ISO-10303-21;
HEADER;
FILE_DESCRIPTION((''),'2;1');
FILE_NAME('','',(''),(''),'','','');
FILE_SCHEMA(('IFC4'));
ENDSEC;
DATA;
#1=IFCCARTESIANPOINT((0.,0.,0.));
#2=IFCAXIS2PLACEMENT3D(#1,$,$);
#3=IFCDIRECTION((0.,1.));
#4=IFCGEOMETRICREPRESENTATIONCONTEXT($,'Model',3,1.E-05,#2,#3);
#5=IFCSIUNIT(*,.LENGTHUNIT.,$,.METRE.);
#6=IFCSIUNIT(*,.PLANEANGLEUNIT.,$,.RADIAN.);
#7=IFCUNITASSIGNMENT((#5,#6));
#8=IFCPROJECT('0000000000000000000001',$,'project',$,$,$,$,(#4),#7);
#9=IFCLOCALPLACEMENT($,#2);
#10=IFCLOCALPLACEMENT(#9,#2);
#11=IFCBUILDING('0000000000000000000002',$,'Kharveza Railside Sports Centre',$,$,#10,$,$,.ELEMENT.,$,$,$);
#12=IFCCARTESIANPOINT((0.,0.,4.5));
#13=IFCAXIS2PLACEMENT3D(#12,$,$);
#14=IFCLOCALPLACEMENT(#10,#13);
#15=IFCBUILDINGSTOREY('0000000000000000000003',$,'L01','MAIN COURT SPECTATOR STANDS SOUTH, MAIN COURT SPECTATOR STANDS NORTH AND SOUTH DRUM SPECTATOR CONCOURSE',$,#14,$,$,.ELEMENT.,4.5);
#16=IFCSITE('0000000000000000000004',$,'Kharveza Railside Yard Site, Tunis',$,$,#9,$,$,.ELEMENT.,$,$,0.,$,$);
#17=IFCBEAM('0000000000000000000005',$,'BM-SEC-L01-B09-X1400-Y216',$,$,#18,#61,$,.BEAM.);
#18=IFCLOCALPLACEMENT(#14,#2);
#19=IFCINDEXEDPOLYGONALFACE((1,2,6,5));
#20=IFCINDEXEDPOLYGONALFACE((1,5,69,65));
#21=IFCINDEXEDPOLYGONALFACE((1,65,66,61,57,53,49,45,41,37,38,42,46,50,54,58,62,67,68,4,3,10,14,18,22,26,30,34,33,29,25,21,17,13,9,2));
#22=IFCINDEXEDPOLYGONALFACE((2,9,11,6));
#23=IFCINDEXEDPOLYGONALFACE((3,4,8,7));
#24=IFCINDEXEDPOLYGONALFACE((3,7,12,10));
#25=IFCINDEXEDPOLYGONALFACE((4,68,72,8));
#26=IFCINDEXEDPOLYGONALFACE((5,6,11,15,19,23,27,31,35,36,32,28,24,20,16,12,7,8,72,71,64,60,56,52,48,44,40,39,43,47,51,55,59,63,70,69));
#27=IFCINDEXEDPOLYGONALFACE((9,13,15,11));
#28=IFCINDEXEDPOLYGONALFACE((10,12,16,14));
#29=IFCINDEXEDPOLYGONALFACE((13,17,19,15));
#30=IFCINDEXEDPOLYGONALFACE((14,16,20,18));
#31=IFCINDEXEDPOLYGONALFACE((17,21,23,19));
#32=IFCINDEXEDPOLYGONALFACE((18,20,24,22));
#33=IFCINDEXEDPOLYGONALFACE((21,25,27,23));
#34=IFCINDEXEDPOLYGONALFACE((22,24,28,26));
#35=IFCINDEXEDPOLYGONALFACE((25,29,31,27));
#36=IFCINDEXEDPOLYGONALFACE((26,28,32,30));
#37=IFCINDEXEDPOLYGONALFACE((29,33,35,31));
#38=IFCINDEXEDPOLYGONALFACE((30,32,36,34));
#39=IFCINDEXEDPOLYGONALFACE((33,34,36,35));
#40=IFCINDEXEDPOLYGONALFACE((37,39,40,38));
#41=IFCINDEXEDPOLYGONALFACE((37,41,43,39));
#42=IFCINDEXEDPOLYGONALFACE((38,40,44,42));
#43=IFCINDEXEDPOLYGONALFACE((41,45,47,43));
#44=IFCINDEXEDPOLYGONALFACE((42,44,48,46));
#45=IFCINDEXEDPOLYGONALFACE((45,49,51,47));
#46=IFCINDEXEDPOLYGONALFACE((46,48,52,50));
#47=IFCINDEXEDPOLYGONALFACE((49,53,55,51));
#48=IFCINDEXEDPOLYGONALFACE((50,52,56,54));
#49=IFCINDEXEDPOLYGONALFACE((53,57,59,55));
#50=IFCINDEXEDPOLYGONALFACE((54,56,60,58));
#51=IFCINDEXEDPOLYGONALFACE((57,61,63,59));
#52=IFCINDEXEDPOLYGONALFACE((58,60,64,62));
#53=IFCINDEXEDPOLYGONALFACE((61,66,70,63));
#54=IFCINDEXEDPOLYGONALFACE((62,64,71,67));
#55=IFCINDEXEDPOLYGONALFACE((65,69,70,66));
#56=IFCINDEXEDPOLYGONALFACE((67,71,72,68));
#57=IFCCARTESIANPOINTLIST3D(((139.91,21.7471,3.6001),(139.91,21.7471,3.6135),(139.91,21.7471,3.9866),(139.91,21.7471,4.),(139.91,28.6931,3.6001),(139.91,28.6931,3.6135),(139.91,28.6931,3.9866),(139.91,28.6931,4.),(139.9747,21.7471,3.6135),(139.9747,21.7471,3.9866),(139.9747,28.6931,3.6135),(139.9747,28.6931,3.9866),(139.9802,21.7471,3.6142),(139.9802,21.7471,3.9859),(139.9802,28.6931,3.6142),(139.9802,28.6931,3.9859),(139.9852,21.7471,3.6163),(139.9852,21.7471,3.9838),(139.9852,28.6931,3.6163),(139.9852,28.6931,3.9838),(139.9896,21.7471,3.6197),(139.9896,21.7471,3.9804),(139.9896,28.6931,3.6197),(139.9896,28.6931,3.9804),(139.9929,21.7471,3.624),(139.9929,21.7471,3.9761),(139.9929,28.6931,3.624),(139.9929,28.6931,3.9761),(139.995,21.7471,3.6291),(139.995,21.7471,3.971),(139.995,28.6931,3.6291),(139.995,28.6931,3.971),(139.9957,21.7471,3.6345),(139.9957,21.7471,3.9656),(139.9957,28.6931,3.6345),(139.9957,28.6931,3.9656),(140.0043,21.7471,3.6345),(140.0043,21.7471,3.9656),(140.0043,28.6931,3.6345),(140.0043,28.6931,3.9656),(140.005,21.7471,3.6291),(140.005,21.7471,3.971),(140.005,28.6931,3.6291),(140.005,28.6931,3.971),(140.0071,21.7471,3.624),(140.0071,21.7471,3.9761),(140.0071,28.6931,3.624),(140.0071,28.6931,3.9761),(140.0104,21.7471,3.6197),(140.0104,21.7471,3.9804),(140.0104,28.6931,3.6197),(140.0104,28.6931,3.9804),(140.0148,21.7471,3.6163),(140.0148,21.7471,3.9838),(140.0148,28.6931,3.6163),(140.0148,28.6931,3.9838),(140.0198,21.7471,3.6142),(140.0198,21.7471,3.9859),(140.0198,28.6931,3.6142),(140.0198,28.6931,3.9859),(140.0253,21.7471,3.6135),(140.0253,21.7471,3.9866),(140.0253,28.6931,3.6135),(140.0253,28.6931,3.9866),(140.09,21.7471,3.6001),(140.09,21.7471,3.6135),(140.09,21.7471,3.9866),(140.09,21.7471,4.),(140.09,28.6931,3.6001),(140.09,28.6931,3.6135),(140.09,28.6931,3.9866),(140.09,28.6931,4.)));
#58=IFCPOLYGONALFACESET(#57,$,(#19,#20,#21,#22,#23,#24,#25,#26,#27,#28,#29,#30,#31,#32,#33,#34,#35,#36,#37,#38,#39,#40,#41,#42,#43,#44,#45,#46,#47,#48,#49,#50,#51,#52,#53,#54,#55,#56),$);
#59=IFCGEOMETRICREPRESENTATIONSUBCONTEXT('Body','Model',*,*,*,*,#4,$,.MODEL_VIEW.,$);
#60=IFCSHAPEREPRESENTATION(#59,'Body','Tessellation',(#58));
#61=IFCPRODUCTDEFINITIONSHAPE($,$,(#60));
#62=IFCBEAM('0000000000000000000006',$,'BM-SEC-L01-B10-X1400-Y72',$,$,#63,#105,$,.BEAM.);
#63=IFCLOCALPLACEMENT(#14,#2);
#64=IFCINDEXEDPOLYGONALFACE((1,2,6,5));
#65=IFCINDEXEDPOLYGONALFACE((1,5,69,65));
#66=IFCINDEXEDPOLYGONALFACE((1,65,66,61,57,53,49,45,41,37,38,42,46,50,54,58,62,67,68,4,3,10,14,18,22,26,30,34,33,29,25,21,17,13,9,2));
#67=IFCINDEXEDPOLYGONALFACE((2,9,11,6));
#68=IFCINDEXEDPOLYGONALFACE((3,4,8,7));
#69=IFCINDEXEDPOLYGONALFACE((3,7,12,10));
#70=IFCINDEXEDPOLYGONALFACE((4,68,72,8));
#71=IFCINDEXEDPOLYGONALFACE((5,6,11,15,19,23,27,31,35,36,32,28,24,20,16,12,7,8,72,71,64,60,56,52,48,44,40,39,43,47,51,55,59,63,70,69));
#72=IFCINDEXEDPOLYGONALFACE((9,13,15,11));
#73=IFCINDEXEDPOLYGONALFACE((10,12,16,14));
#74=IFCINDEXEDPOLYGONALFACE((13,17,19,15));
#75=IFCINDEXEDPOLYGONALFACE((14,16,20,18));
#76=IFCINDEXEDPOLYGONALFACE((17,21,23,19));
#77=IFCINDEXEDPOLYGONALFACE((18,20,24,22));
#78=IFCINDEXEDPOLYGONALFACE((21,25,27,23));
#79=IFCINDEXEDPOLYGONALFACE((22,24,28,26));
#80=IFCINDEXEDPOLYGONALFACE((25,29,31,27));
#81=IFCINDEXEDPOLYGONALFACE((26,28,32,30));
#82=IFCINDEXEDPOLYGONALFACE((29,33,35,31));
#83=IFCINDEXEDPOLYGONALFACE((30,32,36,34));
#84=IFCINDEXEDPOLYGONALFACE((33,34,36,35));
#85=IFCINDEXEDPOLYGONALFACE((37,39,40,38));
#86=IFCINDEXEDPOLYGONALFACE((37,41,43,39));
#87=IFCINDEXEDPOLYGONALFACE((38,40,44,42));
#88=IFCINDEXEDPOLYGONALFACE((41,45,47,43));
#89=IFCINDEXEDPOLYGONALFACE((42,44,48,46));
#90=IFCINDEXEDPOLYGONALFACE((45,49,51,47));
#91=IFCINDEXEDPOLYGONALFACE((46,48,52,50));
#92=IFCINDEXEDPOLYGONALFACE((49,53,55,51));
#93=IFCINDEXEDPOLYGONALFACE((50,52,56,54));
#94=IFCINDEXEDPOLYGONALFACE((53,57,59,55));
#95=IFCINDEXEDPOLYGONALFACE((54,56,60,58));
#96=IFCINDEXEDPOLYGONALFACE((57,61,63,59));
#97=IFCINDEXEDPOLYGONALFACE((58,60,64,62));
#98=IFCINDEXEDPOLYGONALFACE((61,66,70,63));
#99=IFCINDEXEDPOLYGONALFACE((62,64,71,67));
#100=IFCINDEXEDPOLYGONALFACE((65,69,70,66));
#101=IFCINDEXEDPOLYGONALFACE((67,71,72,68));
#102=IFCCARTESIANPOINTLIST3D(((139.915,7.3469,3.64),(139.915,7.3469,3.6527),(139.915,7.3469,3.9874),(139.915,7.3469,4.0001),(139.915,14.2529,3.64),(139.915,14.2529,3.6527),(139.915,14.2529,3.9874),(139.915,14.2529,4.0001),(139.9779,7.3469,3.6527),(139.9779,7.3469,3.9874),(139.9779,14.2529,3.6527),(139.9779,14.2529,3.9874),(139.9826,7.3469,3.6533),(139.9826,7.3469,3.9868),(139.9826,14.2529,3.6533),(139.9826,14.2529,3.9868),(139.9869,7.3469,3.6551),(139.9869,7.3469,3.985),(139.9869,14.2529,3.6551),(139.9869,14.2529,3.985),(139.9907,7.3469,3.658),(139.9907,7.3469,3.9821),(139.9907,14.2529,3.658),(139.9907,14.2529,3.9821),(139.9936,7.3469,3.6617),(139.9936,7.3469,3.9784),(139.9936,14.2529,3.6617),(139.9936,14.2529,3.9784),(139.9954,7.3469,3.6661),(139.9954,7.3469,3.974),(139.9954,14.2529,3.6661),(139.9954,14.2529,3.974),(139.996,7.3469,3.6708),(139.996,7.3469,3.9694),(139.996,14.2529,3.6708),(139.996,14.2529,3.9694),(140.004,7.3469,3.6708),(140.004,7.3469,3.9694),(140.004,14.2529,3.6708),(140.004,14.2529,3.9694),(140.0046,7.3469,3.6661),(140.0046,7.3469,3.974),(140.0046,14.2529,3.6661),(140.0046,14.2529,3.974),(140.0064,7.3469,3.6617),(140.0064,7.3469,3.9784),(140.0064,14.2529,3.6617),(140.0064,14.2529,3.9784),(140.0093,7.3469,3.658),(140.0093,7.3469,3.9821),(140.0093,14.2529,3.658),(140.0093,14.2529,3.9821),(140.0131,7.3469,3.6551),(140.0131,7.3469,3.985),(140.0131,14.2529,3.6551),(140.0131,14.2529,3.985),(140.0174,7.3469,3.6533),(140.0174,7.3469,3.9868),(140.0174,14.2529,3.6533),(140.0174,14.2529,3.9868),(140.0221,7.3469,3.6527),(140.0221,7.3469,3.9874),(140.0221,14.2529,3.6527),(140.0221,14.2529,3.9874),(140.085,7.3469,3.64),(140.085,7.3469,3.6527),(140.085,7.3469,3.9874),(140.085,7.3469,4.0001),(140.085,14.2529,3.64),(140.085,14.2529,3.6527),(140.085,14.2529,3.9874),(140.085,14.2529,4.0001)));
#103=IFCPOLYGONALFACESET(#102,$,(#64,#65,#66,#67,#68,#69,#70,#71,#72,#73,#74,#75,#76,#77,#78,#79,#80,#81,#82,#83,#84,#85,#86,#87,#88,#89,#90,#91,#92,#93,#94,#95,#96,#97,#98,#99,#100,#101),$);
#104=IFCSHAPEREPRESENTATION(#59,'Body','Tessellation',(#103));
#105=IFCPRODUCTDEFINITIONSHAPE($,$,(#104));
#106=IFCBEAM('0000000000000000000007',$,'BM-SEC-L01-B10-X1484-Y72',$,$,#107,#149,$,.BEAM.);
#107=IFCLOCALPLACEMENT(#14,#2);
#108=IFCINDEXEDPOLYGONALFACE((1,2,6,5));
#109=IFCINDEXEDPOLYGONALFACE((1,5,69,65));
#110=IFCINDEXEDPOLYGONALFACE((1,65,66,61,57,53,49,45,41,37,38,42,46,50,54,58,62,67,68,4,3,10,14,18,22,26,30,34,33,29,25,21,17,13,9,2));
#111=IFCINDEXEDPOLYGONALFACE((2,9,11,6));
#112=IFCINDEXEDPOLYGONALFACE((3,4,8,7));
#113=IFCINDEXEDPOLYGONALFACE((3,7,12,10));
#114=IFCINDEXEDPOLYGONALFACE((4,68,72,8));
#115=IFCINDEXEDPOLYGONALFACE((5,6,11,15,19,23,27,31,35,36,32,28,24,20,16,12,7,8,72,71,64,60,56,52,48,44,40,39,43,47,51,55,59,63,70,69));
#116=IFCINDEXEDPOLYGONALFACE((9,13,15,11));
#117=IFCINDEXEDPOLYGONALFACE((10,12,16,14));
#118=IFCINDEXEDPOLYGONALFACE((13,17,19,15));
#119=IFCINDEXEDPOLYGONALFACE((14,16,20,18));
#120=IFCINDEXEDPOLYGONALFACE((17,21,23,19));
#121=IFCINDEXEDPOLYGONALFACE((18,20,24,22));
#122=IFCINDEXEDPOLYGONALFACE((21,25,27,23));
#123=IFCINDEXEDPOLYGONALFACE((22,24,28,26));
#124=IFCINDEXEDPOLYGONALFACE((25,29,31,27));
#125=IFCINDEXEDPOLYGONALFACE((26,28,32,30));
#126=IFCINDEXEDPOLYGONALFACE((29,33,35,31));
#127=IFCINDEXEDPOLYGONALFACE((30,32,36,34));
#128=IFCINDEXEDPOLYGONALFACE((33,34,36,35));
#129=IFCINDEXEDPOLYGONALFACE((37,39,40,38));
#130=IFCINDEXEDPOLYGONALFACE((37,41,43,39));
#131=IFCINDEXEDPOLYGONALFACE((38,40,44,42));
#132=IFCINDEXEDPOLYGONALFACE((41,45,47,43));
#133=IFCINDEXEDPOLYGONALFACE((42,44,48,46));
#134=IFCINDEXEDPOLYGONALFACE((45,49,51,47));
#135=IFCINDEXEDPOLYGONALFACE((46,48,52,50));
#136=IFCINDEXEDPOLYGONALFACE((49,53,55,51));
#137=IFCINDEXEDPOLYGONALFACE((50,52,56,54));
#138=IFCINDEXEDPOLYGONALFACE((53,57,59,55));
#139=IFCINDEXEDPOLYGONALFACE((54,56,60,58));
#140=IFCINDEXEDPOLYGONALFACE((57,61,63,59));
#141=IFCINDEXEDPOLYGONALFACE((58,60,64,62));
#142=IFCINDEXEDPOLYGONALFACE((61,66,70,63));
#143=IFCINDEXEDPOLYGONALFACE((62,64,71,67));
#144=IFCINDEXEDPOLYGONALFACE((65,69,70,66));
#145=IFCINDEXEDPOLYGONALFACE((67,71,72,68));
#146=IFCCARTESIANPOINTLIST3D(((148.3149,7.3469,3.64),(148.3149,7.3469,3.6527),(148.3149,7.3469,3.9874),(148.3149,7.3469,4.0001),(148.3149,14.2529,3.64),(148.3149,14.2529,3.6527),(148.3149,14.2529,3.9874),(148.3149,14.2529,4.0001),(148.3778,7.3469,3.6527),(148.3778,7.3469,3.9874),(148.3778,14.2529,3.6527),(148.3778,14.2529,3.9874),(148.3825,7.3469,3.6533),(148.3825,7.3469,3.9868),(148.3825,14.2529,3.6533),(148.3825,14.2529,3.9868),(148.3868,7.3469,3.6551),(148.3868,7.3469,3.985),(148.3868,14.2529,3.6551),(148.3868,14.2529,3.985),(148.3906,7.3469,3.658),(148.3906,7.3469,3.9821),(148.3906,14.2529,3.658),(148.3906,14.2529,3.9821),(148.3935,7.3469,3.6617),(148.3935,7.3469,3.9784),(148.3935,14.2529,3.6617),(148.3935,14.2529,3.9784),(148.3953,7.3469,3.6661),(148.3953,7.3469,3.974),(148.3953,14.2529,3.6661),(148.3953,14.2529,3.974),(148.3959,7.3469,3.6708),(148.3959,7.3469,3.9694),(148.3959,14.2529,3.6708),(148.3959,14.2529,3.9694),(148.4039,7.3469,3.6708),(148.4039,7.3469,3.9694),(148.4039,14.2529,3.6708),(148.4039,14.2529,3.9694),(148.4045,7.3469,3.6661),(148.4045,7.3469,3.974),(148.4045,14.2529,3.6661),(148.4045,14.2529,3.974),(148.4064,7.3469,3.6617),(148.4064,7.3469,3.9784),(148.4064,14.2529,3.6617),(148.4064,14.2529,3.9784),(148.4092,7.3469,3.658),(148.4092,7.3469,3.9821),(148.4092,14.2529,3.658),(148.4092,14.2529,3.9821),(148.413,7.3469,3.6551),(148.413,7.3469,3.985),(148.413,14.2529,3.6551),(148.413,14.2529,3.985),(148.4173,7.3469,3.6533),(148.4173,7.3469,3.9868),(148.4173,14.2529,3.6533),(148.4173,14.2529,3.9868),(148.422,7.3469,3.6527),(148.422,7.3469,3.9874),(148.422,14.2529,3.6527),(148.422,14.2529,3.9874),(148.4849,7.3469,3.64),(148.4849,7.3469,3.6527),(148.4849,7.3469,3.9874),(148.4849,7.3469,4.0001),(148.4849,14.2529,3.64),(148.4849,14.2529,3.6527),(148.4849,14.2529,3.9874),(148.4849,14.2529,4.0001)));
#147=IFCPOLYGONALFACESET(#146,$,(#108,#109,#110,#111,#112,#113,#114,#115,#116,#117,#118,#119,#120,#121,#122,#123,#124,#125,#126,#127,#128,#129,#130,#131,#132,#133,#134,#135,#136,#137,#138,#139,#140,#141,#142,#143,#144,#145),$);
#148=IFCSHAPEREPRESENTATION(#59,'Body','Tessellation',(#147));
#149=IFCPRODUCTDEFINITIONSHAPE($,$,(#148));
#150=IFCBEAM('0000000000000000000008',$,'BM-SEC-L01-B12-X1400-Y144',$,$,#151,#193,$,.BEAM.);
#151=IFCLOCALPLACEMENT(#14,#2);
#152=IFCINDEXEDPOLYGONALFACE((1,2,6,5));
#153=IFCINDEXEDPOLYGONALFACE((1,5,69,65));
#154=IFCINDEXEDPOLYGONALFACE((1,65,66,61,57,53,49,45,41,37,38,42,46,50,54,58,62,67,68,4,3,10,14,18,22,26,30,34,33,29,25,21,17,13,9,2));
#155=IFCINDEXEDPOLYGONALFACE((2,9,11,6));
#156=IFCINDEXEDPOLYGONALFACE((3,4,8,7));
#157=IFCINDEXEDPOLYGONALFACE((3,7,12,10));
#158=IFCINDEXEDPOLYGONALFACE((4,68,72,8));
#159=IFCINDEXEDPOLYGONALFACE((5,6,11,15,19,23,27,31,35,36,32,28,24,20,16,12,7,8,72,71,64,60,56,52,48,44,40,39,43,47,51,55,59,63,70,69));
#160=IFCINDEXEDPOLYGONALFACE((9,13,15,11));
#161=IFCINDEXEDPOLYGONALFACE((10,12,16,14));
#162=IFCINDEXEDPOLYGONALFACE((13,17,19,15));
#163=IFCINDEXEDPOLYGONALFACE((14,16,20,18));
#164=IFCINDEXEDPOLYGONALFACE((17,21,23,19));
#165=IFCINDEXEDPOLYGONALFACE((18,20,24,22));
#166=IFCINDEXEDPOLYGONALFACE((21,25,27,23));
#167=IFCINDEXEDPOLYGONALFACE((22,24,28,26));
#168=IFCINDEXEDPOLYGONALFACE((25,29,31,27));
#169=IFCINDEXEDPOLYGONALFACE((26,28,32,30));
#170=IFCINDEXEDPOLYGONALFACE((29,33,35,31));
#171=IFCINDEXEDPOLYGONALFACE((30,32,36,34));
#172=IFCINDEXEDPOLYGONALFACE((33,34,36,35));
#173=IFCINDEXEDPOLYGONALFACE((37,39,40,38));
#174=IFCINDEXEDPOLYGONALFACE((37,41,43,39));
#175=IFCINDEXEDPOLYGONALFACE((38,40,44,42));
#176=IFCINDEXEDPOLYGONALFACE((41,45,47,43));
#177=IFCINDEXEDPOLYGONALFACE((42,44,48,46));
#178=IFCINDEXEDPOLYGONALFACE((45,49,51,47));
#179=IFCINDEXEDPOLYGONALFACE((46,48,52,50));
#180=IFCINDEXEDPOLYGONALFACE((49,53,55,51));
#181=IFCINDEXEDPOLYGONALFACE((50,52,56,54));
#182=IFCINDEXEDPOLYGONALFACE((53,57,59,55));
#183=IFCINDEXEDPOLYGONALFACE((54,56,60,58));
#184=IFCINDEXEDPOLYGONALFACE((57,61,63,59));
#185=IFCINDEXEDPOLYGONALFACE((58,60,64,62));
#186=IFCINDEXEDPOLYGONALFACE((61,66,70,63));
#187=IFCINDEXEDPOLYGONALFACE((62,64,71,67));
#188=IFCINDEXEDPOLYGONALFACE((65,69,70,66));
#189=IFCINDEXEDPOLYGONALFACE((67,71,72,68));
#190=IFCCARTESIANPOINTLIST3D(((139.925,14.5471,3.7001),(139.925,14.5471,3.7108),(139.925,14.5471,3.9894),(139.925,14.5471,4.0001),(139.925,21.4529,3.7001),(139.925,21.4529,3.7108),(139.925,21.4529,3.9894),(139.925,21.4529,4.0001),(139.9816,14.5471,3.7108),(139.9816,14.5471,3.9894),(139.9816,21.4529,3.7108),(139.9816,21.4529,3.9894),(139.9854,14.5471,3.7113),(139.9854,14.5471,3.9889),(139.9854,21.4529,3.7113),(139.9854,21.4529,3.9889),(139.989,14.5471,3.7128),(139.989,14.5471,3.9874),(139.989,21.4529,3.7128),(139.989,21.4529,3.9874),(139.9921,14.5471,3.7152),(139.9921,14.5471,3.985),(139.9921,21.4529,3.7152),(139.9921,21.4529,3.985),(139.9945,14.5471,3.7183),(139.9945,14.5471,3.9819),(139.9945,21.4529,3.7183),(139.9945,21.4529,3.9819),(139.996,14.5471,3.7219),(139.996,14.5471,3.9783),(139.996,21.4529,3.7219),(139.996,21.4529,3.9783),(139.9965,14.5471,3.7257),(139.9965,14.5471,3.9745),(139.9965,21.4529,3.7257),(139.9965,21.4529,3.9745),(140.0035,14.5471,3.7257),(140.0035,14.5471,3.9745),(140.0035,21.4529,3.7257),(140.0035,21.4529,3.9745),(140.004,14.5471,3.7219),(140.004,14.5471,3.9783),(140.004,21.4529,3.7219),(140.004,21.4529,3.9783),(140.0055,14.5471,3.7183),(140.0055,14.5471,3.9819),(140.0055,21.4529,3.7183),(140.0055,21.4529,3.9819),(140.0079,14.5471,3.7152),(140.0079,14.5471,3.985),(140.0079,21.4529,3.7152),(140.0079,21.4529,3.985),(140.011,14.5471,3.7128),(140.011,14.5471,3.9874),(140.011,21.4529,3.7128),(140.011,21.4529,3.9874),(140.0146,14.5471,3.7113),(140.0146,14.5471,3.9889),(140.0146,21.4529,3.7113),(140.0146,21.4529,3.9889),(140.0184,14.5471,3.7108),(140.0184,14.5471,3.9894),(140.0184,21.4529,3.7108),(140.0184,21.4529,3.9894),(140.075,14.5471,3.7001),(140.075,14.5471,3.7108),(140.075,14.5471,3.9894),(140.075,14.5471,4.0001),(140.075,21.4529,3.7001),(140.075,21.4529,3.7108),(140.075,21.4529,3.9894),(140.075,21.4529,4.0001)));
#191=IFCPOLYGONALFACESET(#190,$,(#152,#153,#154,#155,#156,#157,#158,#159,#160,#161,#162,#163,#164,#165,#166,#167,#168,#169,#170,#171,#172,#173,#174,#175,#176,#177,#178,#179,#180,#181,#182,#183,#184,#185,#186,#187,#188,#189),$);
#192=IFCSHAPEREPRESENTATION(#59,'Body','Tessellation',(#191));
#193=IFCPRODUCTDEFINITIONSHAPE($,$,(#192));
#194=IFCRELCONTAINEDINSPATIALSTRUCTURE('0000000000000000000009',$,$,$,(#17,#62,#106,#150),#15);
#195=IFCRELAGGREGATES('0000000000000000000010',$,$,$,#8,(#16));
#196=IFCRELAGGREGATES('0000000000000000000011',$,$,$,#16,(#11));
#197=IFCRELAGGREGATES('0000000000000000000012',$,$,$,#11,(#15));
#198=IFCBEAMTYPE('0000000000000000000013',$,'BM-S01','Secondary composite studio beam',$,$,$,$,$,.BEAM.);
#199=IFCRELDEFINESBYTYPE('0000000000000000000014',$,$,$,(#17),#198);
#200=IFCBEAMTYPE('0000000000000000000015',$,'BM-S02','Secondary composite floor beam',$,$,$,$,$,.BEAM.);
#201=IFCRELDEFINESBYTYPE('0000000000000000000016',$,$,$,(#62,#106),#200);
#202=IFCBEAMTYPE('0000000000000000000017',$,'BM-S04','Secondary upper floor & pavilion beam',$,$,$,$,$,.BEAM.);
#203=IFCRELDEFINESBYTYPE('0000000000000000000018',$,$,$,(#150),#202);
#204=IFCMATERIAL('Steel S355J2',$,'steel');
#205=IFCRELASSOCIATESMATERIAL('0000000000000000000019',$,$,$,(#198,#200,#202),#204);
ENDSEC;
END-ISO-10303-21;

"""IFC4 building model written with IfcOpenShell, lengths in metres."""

from ifc_helpers import new_model, si_unit, direction, frame, origin, origin_2d, place, context, subcontext, project, spatial, i_section, extrude, material, material_profile, profile_set, type_object, element, save


model = new_model("IFC4")

# Units and contexts
model_context = context("Model", 3, precision=1e-05, world=origin(), true_north=direction((0.0, 1.0)))
body_context = subcontext(model_context, "Body", "Model", "MODEL_VIEW")
ifc_project = project(units=[si_unit("LENGTHUNIT", "METRE"), si_unit("PLANEANGLEUNIT", "RADIAN")], contexts=[model_context])

# Site, building, storey
site_placement = place(None, origin())
site = spatial("IfcSite", under=ifc_project, at=site_placement, Name="Kharveza Railside Yard Site, Tunis", CompositionType="ELEMENT", RefElevation=0.0)
building_placement = place(site_placement, origin())
building = spatial("IfcBuilding", under=site, at=building_placement, Name="Kharveza Railside Sports Centre", CompositionType="ELEMENT")
storey_placement = place(building_placement, frame((0.0, 0.0, 4.5)))
storey = spatial("IfcBuildingStorey", under=building, at=storey_placement, Name="L01", Description="MAIN COURT SPECTATOR STANDS SOUTH, MAIN COURT SPECTATOR STANDS NORTH AND SOUTH DRUM SPECTATOR CONCOURSE", CompositionType="ELEMENT", Elevation=4.5)

# Shared definitions
ifc_material_1 = material(Name="Steel S355J2", Category="steel")

# Beams
ifc_material_profile_1 = material_profile(ifc_material_1, i_section(OverallWidth=0.1799, OverallDepth=0.3999, WebThickness=0.0085, FlangeThickness=0.0134, FilletRadius=0.021, at=origin_2d()), Name="IPE 400")
ifc_profile_set_1 = profile_set([ifc_material_profile_1], Name="Steel S355J2")
beam_type_1 = type_object("IfcBeamType", Name="BM-S01", Description="Secondary composite studio beam", PredefinedType="BEAM", material=ifc_profile_set_1)
beam_1_placement = place(storey_placement, frame((140.0, 21.7471, 3.8), z_axis=(0.0, 1.0, 0.0), x_axis=(-1.0, 0.0, 0.0)))
element("IfcBeam", 1, at=beam_1_placement, inside=storey, type_object=beam_type_1, Name="BM-SEC-L01-B09-X1400-Y216", PredefinedType="BEAM", context=body_context, shape_type="SweptSolid", body=[
    extrude(i_section(OverallWidth=0.1799, OverallDepth=0.3999, WebThickness=0.0085, FlangeThickness=0.0134, FilletRadius=0.021, at=origin_2d()), origin(), (0.0, 0.0, 1.0), 6.946),
])
ifc_material_profile_2 = material_profile(ifc_material_1, i_section(OverallWidth=0.1699, OverallDepth=0.3601, WebThickness=0.0081, FlangeThickness=0.0127, FilletRadius=0.0181, at=origin_2d()), Name="IPE 360")
ifc_profile_set_2 = profile_set([ifc_material_profile_2], Name="Steel S355J2")
beam_type_2 = type_object("IfcBeamType", Name="BM-S02", Description="Secondary composite floor beam", PredefinedType="BEAM", material=ifc_profile_set_2)
for number, where, z_axis, x_axis, name in (
    (2, (140.0, 7.3469, 3.8201), (0.0, 1.0, 0.0), (-1.0, 0.0, 0.0), "BM-SEC-L01-B10-X1400-Y72"),
    (3, (148.3999, 7.3469, 3.8201), (0.0, 1.0, 0.0), (-1.0, 0.0, 0.0), "BM-SEC-L01-B10-X1484-Y72"),
):
    element("IfcBeam", number, at=place(storey_placement, frame(where, z_axis=z_axis, x_axis=x_axis)), inside=storey, type_object=beam_type_2, Name=name, PredefinedType="BEAM", context=body_context, shape_type="SweptSolid", body=[
        extrude(i_section(OverallWidth=0.1699, OverallDepth=0.3601, WebThickness=0.0081, FlangeThickness=0.0127, FilletRadius=0.0181, at=origin_2d()), origin(), (0.0, 0.0, 1.0), 6.906),
    ])
ifc_material_profile_3 = material_profile(ifc_material_1, i_section(OverallWidth=0.1499, OverallDepth=0.3, WebThickness=0.0071, FlangeThickness=0.0107, FilletRadius=0.0149, at=origin_2d()), Name="IPE 300")
ifc_profile_set_3 = profile_set([ifc_material_profile_3], Name="Steel S355J2")
beam_type_3 = type_object("IfcBeamType", Name="BM-S04", Description="Secondary upper floor & pavilion beam", PredefinedType="BEAM", material=ifc_profile_set_3)
beam_2_placement = place(storey_placement, frame((140.0, 14.5471, 3.8501), z_axis=(0.0, 1.0, 0.0), x_axis=(-1.0, 0.0, 0.0)))
element("IfcBeam", 4, at=beam_2_placement, inside=storey, type_object=beam_type_3, Name="BM-SEC-L01-B12-X1400-Y144", PredefinedType="BEAM", context=body_context, shape_type="SweptSolid", body=[
    extrude(i_section(OverallWidth=0.1499, OverallDepth=0.3, WebThickness=0.0071, FlangeThickness=0.0107, FilletRadius=0.0149, at=origin_2d()), origin(), (0.0, 0.0, 1.0), 6.9058),
])

save(model, "model.ifc")
